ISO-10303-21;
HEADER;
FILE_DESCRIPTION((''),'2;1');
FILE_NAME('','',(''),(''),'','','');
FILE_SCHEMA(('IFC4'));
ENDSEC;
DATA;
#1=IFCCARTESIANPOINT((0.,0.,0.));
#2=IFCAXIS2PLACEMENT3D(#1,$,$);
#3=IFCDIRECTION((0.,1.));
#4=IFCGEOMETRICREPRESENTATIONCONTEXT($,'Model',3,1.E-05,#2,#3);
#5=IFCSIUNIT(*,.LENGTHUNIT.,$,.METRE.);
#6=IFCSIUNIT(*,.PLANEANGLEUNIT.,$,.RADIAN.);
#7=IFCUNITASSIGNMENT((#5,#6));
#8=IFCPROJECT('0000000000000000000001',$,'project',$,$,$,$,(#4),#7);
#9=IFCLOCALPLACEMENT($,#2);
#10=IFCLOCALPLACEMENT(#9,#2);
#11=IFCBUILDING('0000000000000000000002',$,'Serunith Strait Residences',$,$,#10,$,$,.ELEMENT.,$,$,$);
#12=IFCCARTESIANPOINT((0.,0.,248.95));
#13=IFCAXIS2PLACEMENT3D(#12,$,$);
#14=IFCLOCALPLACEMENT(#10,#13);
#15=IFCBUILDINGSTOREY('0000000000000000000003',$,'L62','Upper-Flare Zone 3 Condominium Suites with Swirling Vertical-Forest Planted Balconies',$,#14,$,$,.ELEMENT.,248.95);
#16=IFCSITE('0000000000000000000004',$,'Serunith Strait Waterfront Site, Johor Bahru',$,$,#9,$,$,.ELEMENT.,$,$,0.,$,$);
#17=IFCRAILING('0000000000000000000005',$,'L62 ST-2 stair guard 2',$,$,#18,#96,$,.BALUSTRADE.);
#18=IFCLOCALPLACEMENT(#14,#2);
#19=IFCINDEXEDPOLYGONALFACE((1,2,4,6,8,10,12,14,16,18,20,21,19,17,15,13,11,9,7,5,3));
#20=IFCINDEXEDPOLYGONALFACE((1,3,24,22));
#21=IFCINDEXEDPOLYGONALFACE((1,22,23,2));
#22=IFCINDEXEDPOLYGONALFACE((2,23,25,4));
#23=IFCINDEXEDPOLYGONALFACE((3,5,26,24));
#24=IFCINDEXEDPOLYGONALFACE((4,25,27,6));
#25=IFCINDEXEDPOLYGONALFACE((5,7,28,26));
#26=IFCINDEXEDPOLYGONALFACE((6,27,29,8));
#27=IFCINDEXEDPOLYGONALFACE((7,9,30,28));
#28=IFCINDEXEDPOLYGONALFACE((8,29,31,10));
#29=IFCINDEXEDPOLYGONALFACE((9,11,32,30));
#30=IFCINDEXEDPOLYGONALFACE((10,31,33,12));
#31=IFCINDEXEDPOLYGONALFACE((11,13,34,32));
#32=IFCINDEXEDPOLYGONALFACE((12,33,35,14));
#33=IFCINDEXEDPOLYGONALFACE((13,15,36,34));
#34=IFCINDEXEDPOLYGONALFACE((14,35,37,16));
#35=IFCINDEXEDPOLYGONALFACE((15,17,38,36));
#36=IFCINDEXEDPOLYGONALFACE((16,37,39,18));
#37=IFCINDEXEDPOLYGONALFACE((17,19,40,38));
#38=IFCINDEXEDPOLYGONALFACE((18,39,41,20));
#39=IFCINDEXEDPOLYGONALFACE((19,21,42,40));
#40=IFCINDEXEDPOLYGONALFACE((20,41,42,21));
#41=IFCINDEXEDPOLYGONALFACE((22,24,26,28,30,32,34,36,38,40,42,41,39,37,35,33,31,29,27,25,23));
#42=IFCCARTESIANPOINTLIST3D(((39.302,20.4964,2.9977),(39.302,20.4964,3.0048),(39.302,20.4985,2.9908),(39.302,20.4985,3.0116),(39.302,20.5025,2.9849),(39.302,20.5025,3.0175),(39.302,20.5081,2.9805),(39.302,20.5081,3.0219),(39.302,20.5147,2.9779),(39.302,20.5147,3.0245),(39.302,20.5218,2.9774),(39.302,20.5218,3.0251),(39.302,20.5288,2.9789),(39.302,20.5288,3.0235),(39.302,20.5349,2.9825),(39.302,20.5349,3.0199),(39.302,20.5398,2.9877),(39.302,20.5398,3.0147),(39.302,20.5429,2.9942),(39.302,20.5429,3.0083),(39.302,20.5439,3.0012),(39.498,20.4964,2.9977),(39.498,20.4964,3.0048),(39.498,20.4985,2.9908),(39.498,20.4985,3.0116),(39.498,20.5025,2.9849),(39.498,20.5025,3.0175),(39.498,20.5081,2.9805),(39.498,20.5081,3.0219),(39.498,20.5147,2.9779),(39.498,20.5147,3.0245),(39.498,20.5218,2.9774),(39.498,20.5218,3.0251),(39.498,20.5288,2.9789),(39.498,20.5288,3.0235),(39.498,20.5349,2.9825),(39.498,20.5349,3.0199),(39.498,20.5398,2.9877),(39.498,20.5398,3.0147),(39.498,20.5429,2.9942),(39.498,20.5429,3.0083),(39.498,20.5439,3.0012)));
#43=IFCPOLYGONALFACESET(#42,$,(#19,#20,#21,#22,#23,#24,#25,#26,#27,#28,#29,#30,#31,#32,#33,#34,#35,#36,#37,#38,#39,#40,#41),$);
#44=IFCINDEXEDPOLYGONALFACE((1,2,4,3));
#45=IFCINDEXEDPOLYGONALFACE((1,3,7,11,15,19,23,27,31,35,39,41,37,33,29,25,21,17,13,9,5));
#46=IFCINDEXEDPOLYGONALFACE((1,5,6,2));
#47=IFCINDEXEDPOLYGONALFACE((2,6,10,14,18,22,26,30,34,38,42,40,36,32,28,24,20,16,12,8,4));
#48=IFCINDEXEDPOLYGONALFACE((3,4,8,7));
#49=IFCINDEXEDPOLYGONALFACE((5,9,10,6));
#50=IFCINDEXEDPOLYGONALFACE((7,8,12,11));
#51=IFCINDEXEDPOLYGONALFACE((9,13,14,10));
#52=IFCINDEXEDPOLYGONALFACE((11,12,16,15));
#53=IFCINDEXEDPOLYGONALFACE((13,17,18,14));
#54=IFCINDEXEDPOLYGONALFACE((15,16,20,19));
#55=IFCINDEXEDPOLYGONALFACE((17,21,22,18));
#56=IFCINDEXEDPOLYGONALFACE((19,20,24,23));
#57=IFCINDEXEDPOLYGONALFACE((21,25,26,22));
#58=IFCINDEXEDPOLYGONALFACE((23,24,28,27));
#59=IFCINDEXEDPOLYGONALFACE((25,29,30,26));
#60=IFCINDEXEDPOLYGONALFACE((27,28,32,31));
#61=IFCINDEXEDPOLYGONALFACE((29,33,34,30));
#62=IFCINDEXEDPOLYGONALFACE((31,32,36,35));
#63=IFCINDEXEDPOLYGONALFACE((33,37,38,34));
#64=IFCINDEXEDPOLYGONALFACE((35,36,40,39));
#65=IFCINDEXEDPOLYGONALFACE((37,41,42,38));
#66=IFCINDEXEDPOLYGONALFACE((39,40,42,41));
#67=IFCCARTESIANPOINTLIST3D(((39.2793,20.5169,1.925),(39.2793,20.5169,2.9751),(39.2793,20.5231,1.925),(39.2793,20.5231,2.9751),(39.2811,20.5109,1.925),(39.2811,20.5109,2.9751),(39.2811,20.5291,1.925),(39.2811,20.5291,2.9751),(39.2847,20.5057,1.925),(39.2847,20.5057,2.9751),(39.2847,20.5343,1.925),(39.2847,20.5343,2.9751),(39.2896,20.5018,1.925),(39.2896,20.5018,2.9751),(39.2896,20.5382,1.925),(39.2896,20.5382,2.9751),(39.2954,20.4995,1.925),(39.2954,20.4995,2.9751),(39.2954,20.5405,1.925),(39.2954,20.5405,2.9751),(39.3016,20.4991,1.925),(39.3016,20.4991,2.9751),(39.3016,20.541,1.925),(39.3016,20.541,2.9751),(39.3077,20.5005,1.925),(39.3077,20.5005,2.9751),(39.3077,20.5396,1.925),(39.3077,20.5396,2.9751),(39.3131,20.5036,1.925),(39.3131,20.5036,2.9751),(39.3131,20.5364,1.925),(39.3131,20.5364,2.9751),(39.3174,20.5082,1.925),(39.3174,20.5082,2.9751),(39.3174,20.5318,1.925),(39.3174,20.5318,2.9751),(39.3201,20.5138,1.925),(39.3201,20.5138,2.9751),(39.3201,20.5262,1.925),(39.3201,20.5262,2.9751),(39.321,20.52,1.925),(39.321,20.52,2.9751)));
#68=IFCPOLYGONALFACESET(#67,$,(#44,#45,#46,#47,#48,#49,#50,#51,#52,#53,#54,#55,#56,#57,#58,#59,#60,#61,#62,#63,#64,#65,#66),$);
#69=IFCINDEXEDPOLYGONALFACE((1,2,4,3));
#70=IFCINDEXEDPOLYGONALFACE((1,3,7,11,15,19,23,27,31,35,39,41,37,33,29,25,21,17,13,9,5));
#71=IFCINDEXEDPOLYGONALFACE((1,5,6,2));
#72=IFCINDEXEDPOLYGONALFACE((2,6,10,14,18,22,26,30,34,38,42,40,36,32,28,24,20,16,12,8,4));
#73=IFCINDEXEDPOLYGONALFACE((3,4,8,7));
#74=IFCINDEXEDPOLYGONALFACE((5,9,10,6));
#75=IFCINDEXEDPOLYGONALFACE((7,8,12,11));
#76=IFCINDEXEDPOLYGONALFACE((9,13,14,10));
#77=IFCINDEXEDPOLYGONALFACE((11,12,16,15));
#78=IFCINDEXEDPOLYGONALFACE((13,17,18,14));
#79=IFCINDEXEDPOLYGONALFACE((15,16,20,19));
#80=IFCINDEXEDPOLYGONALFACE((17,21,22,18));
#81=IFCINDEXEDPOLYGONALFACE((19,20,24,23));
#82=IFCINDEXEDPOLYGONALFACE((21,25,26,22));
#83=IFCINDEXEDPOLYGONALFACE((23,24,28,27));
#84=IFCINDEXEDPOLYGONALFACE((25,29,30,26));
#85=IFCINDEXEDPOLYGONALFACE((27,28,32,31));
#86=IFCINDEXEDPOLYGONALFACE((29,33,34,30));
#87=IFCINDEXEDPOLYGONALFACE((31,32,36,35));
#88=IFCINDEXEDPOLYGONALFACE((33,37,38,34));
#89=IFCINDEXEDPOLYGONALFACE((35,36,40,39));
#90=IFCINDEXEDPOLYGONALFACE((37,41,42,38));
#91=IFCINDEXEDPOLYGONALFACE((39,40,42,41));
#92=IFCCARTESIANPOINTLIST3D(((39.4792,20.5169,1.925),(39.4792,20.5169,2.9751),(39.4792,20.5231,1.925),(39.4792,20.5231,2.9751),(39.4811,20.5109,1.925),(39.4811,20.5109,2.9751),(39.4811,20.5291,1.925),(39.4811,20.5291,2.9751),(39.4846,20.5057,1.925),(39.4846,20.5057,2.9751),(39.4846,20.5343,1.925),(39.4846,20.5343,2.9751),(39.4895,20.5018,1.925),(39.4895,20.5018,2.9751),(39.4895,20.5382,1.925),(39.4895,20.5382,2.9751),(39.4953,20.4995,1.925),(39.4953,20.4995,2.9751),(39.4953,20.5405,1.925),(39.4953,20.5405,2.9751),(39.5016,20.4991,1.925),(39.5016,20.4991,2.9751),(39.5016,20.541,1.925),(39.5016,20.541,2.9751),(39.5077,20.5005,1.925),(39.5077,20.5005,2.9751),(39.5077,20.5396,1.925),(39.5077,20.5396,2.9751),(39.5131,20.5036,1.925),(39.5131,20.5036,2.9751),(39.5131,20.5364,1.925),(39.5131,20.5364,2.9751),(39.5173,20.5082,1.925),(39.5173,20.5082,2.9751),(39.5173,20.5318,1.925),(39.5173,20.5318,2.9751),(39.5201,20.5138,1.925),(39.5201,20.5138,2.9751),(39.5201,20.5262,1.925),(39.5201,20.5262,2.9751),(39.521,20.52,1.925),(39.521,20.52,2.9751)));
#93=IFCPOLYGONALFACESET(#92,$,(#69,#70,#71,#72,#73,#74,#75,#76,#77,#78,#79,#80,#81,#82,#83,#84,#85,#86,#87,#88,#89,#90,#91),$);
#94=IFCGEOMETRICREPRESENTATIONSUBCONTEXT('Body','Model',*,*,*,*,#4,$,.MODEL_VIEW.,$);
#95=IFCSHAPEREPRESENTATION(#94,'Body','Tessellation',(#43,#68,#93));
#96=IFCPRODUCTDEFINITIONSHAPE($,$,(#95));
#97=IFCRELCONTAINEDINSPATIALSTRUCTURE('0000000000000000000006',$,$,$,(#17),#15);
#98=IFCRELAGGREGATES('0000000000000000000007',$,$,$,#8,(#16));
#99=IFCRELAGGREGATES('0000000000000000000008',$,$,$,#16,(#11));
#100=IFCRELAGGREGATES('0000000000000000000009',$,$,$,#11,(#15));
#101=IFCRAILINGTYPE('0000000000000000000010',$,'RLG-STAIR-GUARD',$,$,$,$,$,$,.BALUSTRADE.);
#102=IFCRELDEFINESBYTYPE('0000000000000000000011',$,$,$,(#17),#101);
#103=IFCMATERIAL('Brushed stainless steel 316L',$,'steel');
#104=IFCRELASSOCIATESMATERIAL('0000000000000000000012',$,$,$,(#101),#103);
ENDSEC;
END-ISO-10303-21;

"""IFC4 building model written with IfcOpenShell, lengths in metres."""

from ifc_helpers import new_model, si_unit, direction, frame, origin, origin_2d, place, context, subcontext, project, spatial, circle, extrude, material, type_object, element, save


model = new_model("IFC4")

# Units and contexts
model_context = context("Model", 3, precision=1e-05, world=origin(), true_north=direction((0.0, 1.0)))
body_context = subcontext(model_context, "Body", "Model", "MODEL_VIEW")
ifc_project = project(units=[si_unit("LENGTHUNIT", "METRE"), si_unit("PLANEANGLEUNIT", "RADIAN")], contexts=[model_context])

# Site, building, storey
site_placement = place(None, origin())
site = spatial("IfcSite", under=ifc_project, at=site_placement, Name="Serunith Strait Waterfront Site, Johor Bahru", CompositionType="ELEMENT", RefElevation=0.0)
building_placement = place(site_placement, origin())
building = spatial("IfcBuilding", under=site, at=building_placement, Name="Serunith Strait Residences", CompositionType="ELEMENT")
storey_placement = place(building_placement, frame((0.0, 0.0, 248.95)))
storey = spatial("IfcBuildingStorey", under=building, at=storey_placement, Name="L62", Description="Upper-Flare Zone 3 Condominium Suites with Swirling Vertical-Forest Planted Balconies", CompositionType="ELEMENT", Elevation=248.95)

# Railing
ifc_material_1 = material(Name="Brushed stainless steel 316L", Category="steel")
railing_type_1 = type_object("IfcRailingType", Name="RLG-STAIR-GUARD", PredefinedType="BALUSTRADE", material=ifc_material_1)
railing_1_placement = place(storey_placement, frame((39.3, 20.52, 1.925)))
element("IfcRailing", 1, at=railing_1_placement, inside=storey, type_object=railing_type_1, Name="L62 ST-2 stair guard 2", PredefinedType="BALUSTRADE", context=body_context, shape_type="SweptSolid", body=[
    extrude(circle(Radius=0.0239, at=origin_2d()), frame((0.002, 0.0, 1.0762), z_axis=(1.0, 0.0, 0.0), x_axis=(0.0, 1.0, 0.0)), (0.0, 0.0, 1.0), 0.196),
    extrude(circle(Radius=0.021, at=origin_2d()), origin(), (0.0, 0.0, 1.0), 1.05),
    extrude(circle(Radius=0.021, at=origin_2d()), frame((0.2, 0.0, 0.0)), (0.0, 0.0, 1.0), 1.05),
])

save(model, "model.ifc")
